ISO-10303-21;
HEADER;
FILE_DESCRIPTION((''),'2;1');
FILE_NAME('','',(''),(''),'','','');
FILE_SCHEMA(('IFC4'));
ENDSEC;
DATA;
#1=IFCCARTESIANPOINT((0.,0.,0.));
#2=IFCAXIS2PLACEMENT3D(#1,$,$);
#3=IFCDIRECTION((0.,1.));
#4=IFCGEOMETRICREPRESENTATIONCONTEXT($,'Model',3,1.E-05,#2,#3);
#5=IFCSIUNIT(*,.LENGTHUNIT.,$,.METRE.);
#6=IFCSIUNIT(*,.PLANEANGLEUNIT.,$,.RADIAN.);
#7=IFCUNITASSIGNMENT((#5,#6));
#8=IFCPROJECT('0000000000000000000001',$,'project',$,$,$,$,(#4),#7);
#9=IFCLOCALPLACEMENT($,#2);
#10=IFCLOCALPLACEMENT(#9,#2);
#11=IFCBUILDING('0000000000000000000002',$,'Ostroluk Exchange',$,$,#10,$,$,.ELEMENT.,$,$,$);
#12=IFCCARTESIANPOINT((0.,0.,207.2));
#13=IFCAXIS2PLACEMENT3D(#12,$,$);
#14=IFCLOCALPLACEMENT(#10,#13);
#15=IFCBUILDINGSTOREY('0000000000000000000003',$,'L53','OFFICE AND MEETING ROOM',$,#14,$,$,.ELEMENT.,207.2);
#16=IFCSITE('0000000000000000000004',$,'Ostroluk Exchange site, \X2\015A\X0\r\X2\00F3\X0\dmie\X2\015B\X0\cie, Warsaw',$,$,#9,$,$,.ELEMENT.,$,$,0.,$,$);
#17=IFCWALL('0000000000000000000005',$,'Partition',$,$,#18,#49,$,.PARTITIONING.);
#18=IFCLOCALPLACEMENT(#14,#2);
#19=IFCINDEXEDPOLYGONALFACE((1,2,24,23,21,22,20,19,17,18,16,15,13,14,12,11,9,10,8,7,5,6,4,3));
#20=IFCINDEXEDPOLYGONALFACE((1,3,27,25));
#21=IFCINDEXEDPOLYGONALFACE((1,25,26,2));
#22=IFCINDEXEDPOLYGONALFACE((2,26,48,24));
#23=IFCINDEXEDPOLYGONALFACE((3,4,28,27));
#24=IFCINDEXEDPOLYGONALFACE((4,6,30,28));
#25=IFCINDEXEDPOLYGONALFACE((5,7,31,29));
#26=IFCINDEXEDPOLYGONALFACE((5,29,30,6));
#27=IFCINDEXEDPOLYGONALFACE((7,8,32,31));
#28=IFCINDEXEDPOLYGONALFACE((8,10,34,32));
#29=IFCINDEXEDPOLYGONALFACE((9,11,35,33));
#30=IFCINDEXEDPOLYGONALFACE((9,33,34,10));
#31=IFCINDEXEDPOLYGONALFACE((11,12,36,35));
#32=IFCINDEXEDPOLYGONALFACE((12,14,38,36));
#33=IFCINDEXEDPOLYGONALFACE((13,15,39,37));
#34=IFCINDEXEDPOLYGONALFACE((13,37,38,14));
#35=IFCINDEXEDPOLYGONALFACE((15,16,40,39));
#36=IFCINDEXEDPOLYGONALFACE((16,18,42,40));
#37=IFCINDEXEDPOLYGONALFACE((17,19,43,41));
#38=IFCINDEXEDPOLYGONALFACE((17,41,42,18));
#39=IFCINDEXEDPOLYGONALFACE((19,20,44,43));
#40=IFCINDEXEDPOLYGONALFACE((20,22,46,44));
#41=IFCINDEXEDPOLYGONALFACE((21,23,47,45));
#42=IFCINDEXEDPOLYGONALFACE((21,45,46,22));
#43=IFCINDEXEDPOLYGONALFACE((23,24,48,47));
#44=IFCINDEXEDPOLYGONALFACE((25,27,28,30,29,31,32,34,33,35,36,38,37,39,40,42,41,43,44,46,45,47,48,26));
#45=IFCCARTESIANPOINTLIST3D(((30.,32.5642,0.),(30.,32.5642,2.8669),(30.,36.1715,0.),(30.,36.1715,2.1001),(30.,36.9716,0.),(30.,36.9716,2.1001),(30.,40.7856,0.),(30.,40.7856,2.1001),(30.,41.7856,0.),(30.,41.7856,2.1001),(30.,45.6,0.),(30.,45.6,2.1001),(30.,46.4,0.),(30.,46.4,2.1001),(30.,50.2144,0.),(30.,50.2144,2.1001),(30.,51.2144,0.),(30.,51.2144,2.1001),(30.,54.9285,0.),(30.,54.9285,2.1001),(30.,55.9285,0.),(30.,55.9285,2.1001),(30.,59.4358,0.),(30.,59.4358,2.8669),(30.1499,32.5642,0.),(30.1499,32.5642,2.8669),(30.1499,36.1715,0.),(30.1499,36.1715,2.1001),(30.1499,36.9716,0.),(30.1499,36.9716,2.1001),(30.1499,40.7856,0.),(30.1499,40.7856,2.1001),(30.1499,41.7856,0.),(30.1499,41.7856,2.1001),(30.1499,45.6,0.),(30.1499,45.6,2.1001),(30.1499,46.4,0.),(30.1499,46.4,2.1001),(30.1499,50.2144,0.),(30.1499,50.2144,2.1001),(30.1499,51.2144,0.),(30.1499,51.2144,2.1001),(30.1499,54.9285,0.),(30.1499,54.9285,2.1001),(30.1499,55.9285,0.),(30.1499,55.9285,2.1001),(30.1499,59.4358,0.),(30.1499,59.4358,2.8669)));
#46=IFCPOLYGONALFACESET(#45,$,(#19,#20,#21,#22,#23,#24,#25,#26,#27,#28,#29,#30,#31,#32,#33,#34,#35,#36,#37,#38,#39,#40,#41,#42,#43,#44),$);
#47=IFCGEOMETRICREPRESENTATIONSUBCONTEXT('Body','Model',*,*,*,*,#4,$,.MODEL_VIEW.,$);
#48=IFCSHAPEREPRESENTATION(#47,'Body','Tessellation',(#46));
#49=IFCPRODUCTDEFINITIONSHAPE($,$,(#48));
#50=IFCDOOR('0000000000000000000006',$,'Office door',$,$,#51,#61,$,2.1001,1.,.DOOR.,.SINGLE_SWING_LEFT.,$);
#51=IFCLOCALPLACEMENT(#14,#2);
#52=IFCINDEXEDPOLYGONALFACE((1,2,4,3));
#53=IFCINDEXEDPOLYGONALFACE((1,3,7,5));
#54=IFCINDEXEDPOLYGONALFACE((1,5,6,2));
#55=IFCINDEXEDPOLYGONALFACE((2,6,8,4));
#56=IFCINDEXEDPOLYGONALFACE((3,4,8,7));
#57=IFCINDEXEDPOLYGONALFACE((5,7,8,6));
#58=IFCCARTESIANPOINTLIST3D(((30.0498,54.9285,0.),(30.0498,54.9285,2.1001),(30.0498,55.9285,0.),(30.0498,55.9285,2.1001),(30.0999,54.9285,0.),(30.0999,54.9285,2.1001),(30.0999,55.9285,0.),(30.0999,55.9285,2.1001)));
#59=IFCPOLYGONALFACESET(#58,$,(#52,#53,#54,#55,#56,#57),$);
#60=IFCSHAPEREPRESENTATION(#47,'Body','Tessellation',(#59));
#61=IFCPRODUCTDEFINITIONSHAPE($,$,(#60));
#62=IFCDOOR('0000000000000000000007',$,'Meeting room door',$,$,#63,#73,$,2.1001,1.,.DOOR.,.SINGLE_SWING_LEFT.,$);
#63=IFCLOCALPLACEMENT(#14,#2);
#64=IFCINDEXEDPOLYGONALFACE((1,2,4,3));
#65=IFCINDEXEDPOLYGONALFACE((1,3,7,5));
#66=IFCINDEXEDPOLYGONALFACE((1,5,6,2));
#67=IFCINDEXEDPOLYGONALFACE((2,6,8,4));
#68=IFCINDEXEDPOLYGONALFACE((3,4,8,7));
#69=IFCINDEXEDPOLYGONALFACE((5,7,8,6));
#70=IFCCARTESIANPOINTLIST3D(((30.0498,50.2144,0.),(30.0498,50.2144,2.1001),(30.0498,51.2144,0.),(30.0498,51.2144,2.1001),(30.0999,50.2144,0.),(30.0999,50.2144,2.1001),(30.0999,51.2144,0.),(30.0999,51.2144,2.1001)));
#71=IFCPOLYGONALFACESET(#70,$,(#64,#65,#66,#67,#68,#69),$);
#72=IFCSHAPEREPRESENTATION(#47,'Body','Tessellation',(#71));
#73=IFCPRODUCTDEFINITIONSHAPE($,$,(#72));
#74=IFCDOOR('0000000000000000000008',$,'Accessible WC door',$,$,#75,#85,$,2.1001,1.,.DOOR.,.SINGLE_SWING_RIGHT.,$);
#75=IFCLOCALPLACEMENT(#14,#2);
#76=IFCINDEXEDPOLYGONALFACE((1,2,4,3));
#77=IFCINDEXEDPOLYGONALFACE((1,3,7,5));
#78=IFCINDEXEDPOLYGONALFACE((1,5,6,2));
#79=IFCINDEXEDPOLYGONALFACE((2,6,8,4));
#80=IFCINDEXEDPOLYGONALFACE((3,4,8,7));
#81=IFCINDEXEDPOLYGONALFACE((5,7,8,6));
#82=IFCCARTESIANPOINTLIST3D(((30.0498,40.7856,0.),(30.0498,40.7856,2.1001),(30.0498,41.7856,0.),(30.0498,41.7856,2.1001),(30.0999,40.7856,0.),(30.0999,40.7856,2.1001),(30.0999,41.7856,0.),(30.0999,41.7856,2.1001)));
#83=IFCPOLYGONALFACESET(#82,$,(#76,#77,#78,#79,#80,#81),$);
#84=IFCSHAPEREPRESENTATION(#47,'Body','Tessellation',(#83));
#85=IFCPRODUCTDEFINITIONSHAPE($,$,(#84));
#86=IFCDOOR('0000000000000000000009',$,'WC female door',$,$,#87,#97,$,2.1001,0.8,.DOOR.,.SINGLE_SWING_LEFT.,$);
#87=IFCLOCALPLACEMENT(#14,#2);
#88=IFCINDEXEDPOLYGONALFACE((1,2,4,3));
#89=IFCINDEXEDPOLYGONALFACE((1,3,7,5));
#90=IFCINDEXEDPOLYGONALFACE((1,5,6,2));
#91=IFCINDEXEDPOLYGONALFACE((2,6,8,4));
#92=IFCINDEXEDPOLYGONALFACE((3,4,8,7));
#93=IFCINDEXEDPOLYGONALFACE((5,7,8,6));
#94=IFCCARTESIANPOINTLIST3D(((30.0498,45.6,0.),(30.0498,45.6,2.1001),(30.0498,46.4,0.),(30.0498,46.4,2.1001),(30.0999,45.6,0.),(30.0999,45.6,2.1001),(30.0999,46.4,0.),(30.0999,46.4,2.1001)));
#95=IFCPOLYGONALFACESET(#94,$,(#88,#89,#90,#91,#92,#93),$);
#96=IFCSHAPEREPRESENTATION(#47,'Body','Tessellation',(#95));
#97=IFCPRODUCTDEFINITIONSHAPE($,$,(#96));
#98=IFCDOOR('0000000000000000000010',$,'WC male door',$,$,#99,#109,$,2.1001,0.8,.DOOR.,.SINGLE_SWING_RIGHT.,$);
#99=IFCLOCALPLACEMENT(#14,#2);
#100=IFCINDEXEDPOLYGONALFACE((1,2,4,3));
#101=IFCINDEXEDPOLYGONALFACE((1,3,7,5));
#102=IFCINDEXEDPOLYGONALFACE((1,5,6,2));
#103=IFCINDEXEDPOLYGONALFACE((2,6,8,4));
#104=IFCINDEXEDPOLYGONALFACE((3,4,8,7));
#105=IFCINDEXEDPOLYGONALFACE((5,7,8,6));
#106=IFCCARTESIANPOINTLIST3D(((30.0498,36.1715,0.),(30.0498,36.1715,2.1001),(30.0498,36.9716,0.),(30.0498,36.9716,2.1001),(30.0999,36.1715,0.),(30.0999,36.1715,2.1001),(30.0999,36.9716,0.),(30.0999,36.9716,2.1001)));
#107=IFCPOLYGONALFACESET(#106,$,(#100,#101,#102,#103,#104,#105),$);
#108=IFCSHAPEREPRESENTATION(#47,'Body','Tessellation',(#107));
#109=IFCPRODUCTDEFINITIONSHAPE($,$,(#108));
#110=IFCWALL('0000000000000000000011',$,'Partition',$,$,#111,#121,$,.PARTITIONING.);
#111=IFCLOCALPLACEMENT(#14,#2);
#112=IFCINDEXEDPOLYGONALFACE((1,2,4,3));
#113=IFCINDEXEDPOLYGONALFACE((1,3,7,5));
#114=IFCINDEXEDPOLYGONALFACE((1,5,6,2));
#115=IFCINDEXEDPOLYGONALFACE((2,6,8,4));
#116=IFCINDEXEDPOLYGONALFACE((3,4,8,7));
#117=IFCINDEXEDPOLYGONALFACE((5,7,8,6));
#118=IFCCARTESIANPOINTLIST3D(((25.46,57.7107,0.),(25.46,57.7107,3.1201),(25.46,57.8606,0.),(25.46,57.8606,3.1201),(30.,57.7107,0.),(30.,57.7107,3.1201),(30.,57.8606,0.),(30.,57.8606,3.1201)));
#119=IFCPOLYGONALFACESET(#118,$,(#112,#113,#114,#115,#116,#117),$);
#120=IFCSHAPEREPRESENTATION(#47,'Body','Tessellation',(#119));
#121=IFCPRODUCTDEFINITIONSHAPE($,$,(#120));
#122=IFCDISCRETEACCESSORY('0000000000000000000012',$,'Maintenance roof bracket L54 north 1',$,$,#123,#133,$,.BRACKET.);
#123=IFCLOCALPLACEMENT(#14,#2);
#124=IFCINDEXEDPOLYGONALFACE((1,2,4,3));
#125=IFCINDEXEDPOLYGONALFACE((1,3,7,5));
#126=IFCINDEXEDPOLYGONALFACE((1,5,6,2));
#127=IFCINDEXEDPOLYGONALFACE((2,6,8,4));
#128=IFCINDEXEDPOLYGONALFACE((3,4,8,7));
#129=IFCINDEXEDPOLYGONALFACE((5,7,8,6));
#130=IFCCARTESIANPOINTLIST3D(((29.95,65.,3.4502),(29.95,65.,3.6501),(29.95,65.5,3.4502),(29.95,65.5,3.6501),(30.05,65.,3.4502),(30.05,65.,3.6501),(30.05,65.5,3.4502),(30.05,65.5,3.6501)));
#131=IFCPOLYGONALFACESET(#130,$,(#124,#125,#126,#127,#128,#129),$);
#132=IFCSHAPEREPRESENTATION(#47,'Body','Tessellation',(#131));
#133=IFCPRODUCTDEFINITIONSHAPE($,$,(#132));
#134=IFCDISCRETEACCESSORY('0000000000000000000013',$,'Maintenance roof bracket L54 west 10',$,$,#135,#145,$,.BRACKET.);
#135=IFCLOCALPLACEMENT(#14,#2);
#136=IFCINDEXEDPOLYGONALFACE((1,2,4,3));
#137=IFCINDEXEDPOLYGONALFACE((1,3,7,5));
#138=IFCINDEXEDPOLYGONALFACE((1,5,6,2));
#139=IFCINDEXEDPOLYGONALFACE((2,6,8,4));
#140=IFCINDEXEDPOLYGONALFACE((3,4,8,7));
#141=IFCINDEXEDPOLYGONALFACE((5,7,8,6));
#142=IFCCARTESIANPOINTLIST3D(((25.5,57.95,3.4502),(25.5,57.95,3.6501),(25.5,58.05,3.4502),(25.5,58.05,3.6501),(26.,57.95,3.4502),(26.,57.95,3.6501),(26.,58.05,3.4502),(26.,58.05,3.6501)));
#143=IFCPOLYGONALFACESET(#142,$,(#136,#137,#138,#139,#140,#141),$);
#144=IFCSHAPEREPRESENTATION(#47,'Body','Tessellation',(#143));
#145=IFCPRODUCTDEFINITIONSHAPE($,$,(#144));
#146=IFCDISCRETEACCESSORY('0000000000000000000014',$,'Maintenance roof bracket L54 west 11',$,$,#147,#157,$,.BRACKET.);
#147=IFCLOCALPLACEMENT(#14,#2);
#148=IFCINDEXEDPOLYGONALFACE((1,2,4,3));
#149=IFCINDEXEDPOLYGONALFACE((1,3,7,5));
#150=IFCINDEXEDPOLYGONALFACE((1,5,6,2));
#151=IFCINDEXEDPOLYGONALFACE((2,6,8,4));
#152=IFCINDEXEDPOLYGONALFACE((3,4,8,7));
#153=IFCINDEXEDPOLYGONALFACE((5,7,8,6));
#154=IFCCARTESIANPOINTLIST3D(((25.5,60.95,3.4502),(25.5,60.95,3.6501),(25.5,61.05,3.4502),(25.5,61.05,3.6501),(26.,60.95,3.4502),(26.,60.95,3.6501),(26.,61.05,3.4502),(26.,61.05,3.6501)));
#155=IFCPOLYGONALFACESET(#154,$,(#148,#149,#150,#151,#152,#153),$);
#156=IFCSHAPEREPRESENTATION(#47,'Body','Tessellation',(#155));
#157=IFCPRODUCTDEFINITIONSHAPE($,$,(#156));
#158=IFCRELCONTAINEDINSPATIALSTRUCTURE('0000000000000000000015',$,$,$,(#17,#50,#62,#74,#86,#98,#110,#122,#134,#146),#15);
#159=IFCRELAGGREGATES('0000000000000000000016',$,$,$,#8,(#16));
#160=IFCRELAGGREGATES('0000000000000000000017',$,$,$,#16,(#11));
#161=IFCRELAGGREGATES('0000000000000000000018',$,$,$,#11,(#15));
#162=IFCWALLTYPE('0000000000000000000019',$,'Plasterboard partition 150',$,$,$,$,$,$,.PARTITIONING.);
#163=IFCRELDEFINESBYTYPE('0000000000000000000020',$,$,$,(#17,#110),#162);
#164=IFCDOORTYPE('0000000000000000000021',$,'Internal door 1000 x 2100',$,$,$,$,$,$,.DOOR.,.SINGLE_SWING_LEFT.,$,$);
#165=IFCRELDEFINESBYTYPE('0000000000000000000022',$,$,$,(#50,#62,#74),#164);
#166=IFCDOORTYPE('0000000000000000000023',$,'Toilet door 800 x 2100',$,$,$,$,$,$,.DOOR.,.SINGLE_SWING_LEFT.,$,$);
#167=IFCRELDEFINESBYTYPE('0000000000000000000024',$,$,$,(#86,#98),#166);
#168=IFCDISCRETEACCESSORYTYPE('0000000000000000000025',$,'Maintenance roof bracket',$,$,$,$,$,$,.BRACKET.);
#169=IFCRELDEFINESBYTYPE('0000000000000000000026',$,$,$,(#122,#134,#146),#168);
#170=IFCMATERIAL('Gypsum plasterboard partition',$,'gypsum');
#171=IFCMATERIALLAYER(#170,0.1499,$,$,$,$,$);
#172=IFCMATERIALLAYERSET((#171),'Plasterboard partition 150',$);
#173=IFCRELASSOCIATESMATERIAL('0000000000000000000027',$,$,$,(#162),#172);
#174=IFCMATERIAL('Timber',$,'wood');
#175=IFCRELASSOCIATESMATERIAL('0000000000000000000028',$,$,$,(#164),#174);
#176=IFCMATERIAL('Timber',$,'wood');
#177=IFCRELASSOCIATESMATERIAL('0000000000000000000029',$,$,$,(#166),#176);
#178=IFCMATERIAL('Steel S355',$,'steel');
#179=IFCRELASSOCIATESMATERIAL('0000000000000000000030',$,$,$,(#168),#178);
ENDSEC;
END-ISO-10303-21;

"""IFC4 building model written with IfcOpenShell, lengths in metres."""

from ifc_helpers import new_model, si_unit, direction, frame, frame_2d, origin, origin_2d, place, context, subcontext, project, spatial, rectangle, extrude, material, layer, layer_set, type_object, element, fill, save


model = new_model("IFC4")

# Units and contexts
model_context = context("Model", 3, precision=1e-05, world=origin(), true_north=direction((0.0, 1.0)))
body_context = subcontext(model_context, "Body", "Model", "MODEL_VIEW")
ifc_project = project(units=[si_unit("LENGTHUNIT", "METRE"), si_unit("PLANEANGLEUNIT", "RADIAN")], contexts=[model_context])

# Site, building, storey
site_placement = place(None, origin())
site = spatial("IfcSite", under=ifc_project, at=site_placement, Name="Ostroluk Exchange site, Śródmieście, Warsaw", CompositionType="ELEMENT", RefElevation=0.0)
building_placement = place(site_placement, origin())
building = spatial("IfcBuilding", under=site, at=building_placement, Name="Ostroluk Exchange", CompositionType="ELEMENT")
storey_placement = place(building_placement, frame((0.0, 0.0, 207.2)))
storey = spatial("IfcBuildingStorey", under=building, at=storey_placement, Name="L53", Description="OFFICE AND MEETING ROOM", CompositionType="ELEMENT", Elevation=207.2)

# Shared definitions
ifc_material_1 = material(Name="Gypsum plasterboard partition", Category="gypsum")
ifc_layer_1 = layer(ifc_material_1, 0.1499)
ifc_layer_set_1 = layer_set([ifc_layer_1], Name="Plasterboard partition 150")
wall_type_1 = type_object("IfcWallType", Name="Plasterboard partition 150", PredefinedType="PARTITIONING", material=ifc_layer_set_1)

# Wall, openings, doors
wall_1_placement = place(storey_placement, frame((30.075, 59.4358, 0.0), z_axis=(0.0, 0.0, 1.0), x_axis=(0.0, -1.0, 0.0)))
wall_1 = element("IfcWall", 1, at=wall_1_placement, inside=storey, type_object=wall_type_1, Name="Partition", PredefinedType="PARTITIONING", context=body_context, shape_type="SweptSolid", body=[
    extrude(rectangle(XDim=26.8716, YDim=0.1499, at=frame_2d((13.4358, 0.0))), origin(), (0.0, 0.0, 1.0), 2.8669),
])
opening_1_placement = place(wall_1_placement, frame((3.5073, 0.0, 0.0)))
opening_1 = element("IfcOpeningElement", 2, at=opening_1_placement, cuts=wall_1, PredefinedType="OPENING", context=body_context, shape_type="SweptSolid", body=[
    extrude(rectangle(XDim=1.0, YDim=2.1001, at=frame_2d((0.5, 1.05))), frame((0.0, 0.085, 0.0), z_axis=(0.0, -1.0, 0.0), x_axis=(1.0, 0.0, 0.0)), (0.0, 0.0, 1.0), 0.1699),
])
opening_2_placement = place(wall_1_placement, frame((8.2214, 0.0, 0.0)))
opening_2 = element("IfcOpeningElement", 3, at=opening_2_placement, cuts=wall_1, PredefinedType="OPENING", context=body_context, shape_type="SweptSolid", body=[
    extrude(rectangle(XDim=1.0, YDim=2.1001, at=frame_2d((0.5, 1.05))), frame((0.0, 0.085, 0.0), z_axis=(0.0, -1.0, 0.0), x_axis=(1.0, 0.0, 0.0)), (0.0, 0.0, 1.0), 0.1699),
])
opening_3_placement = place(wall_1_placement, frame((13.0359, 0.0, 0.0)))
opening_3 = element("IfcOpeningElement", 4, at=opening_3_placement, cuts=wall_1, PredefinedType="OPENING", context=body_context, shape_type="SweptSolid", body=[
    extrude(rectangle(XDim=0.8, YDim=2.1001, at=frame_2d((0.3999, 1.05))), frame((0.0, 0.085, 0.0), z_axis=(0.0, -1.0, 0.0), x_axis=(1.0, 0.0, 0.0)), (0.0, 0.0, 1.0), 0.1699),
])
opening_4_placement = place(wall_1_placement, frame((17.6501, 0.0, 0.0)))
opening_4 = element("IfcOpeningElement", 5, at=opening_4_placement, cuts=wall_1, PredefinedType="OPENING", context=body_context, shape_type="SweptSolid", body=[
    extrude(rectangle(XDim=1.0, YDim=2.1001, at=frame_2d((0.5, 1.05))), frame((0.0, 0.085, 0.0), z_axis=(0.0, -1.0, 0.0), x_axis=(1.0, 0.0, 0.0)), (0.0, 0.0, 1.0), 0.1699),
])
opening_5_placement = place(wall_1_placement, frame((22.4644, 0.0, 0.0)))
opening_5 = element("IfcOpeningElement", 6, at=opening_5_placement, cuts=wall_1, PredefinedType="OPENING", context=body_context, shape_type="SweptSolid", body=[
    extrude(rectangle(XDim=0.8, YDim=2.1001, at=frame_2d((0.3999, 1.05))), frame((0.0, 0.085, 0.0), z_axis=(0.0, -1.0, 0.0), x_axis=(1.0, 0.0, 0.0)), (0.0, 0.0, 1.0), 0.1699),
])
ifc_material_2 = material(Name="Timber", Category="wood")
door_type_1 = type_object("IfcDoorType", Name="Internal door 1000 x 2100", OperationType="SINGLE_SWING_LEFT", PredefinedType="DOOR", material=ifc_material_2)
door_1_placement = place(opening_1_placement, origin())
door_1 = element("IfcDoor", 7, at=door_1_placement, inside=storey, type_object=door_type_1, Name="Office door", OperationType="SINGLE_SWING_LEFT", OverallHeight=2.1001, OverallWidth=1.0, PredefinedType="DOOR", context=body_context, shape_type="SweptSolid", body=[
    extrude(rectangle(XDim=1.0, YDim=2.1001, at=frame_2d((0.5, 1.05))), frame((0.0, 0.0249, 0.0), z_axis=(0.0, -1.0, 0.0), x_axis=(1.0, 0.0, 0.0)), (0.0, 0.0, 1.0), 0.05),
])
fill(opening_1, door_1)
door_2_placement = place(opening_2_placement, origin())
door_2 = element("IfcDoor", 8, at=door_2_placement, inside=storey, type_object=door_type_1, Name="Meeting room door", OperationType="SINGLE_SWING_LEFT", OverallHeight=2.1001, OverallWidth=1.0, PredefinedType="DOOR", context=body_context, shape_type="SweptSolid", body=[
    extrude(rectangle(XDim=1.0, YDim=2.1001, at=frame_2d((0.5, 1.05))), frame((0.0, 0.0249, 0.0), z_axis=(0.0, -1.0, 0.0), x_axis=(1.0, 0.0, 0.0)), (0.0, 0.0, 1.0), 0.05),
])
fill(opening_2, door_2)
door_3_placement = place(opening_4_placement, origin())
door_3 = element("IfcDoor", 9, at=door_3_placement, inside=storey, type_object=door_type_1, Name="Accessible WC door", OperationType="SINGLE_SWING_RIGHT", OverallHeight=2.1001, OverallWidth=1.0, PredefinedType="DOOR", context=body_context, shape_type="SweptSolid", body=[
    extrude(rectangle(XDim=1.0, YDim=2.1001, at=frame_2d((0.5, 1.05))), frame((0.0, 0.0249, 0.0), z_axis=(0.0, -1.0, 0.0), x_axis=(1.0, 0.0, 0.0)), (0.0, 0.0, 1.0), 0.05),
])
fill(opening_4, door_3)
ifc_material_3 = material(Name="Timber", Category="wood")
door_type_2 = type_object("IfcDoorType", Name="Toilet door 800 x 2100", OperationType="SINGLE_SWING_LEFT", PredefinedType="DOOR", material=ifc_material_3)
door_4_placement = place(opening_3_placement, origin())
door_4 = element("IfcDoor", 10, at=door_4_placement, inside=storey, type_object=door_type_2, Name="WC female door", OperationType="SINGLE_SWING_LEFT", OverallHeight=2.1001, OverallWidth=0.8, PredefinedType="DOOR", context=body_context, shape_type="SweptSolid", body=[
    extrude(rectangle(XDim=0.8, YDim=2.1001, at=frame_2d((0.3999, 1.05))), frame((0.0, 0.0249, 0.0), z_axis=(0.0, -1.0, 0.0), x_axis=(1.0, 0.0, 0.0)), (0.0, 0.0, 1.0), 0.05),
])
fill(opening_3, door_4)
door_5_placement = place(opening_5_placement, origin())
door_5 = element("IfcDoor", 11, at=door_5_placement, inside=storey, type_object=door_type_2, Name="WC male door", OperationType="SINGLE_SWING_RIGHT", OverallHeight=2.1001, OverallWidth=0.8, PredefinedType="DOOR", context=body_context, shape_type="SweptSolid", body=[
    extrude(rectangle(XDim=0.8, YDim=2.1001, at=frame_2d((0.3999, 1.05))), frame((0.0, 0.0249, 0.0), z_axis=(0.0, -1.0, 0.0), x_axis=(1.0, 0.0, 0.0)), (0.0, 0.0, 1.0), 0.05),
])
fill(opening_5, door_5)

# Wall
wall_2_placement = place(storey_placement, frame((30.0, 57.7856, 0.0), z_axis=(0.0, 0.0, 1.0), x_axis=(-1.0, 0.0, 0.0)))
element("IfcWall", 12, at=wall_2_placement, inside=storey, type_object=wall_type_1, Name="Partition", PredefinedType="PARTITIONING", context=body_context, shape_type="SweptSolid", body=[
    extrude(rectangle(XDim=4.54, YDim=0.1499, at=frame_2d((2.27, 0.0))), origin(), (0.0, 0.0, 1.0), 3.1201),
])

# Discrete accessories
ifc_material_4 = material(Name="Steel S355", Category="steel")
discrete_accessory_type = type_object("IfcDiscreteAccessoryType", Name="Maintenance roof bracket", PredefinedType="BRACKET", material=ifc_material_4)
discrete_accessory_placement = place(storey_placement, frame((30.0, 65.25, 3.4502), z_axis=(0.0, 0.0, 1.0), x_axis=(1.0, 0.0, 0.0)))
element("IfcDiscreteAccessory", 13, at=discrete_accessory_placement, inside=storey, type_object=discrete_accessory_type, Name="Maintenance roof bracket L54 north 1", PredefinedType="BRACKET", context=body_context, shape_type="SweptSolid", body=[
    extrude(rectangle(XDim=0.1001, YDim=0.5, at=origin_2d()), origin(), (0.0, 0.0, 1.0), 0.2),
])
for number, where, z_axis, x_axis, name in (
    (14, (25.75, 58.0, 3.4502), (0.0, 0.0, 1.0), (1.0, 0.0, 0.0), "Maintenance roof bracket L54 west 10"),
    (15, (25.75, 61.0, 3.4502), (0.0, 0.0, 1.0), (1.0, 0.0, 0.0), "Maintenance roof bracket L54 west 11"),
):
    element("IfcDiscreteAccessory", number, at=place(storey_placement, frame(where, z_axis=z_axis, x_axis=x_axis)), inside=storey, type_object=discrete_accessory_type, Name=name, PredefinedType="BRACKET", context=body_context, shape_type="SweptSolid", body=[
        extrude(rectangle(XDim=0.5, YDim=0.1001, at=origin_2d()), origin(), (0.0, 0.0, 1.0), 0.2),
    ])

save(model, "model.ifc")
